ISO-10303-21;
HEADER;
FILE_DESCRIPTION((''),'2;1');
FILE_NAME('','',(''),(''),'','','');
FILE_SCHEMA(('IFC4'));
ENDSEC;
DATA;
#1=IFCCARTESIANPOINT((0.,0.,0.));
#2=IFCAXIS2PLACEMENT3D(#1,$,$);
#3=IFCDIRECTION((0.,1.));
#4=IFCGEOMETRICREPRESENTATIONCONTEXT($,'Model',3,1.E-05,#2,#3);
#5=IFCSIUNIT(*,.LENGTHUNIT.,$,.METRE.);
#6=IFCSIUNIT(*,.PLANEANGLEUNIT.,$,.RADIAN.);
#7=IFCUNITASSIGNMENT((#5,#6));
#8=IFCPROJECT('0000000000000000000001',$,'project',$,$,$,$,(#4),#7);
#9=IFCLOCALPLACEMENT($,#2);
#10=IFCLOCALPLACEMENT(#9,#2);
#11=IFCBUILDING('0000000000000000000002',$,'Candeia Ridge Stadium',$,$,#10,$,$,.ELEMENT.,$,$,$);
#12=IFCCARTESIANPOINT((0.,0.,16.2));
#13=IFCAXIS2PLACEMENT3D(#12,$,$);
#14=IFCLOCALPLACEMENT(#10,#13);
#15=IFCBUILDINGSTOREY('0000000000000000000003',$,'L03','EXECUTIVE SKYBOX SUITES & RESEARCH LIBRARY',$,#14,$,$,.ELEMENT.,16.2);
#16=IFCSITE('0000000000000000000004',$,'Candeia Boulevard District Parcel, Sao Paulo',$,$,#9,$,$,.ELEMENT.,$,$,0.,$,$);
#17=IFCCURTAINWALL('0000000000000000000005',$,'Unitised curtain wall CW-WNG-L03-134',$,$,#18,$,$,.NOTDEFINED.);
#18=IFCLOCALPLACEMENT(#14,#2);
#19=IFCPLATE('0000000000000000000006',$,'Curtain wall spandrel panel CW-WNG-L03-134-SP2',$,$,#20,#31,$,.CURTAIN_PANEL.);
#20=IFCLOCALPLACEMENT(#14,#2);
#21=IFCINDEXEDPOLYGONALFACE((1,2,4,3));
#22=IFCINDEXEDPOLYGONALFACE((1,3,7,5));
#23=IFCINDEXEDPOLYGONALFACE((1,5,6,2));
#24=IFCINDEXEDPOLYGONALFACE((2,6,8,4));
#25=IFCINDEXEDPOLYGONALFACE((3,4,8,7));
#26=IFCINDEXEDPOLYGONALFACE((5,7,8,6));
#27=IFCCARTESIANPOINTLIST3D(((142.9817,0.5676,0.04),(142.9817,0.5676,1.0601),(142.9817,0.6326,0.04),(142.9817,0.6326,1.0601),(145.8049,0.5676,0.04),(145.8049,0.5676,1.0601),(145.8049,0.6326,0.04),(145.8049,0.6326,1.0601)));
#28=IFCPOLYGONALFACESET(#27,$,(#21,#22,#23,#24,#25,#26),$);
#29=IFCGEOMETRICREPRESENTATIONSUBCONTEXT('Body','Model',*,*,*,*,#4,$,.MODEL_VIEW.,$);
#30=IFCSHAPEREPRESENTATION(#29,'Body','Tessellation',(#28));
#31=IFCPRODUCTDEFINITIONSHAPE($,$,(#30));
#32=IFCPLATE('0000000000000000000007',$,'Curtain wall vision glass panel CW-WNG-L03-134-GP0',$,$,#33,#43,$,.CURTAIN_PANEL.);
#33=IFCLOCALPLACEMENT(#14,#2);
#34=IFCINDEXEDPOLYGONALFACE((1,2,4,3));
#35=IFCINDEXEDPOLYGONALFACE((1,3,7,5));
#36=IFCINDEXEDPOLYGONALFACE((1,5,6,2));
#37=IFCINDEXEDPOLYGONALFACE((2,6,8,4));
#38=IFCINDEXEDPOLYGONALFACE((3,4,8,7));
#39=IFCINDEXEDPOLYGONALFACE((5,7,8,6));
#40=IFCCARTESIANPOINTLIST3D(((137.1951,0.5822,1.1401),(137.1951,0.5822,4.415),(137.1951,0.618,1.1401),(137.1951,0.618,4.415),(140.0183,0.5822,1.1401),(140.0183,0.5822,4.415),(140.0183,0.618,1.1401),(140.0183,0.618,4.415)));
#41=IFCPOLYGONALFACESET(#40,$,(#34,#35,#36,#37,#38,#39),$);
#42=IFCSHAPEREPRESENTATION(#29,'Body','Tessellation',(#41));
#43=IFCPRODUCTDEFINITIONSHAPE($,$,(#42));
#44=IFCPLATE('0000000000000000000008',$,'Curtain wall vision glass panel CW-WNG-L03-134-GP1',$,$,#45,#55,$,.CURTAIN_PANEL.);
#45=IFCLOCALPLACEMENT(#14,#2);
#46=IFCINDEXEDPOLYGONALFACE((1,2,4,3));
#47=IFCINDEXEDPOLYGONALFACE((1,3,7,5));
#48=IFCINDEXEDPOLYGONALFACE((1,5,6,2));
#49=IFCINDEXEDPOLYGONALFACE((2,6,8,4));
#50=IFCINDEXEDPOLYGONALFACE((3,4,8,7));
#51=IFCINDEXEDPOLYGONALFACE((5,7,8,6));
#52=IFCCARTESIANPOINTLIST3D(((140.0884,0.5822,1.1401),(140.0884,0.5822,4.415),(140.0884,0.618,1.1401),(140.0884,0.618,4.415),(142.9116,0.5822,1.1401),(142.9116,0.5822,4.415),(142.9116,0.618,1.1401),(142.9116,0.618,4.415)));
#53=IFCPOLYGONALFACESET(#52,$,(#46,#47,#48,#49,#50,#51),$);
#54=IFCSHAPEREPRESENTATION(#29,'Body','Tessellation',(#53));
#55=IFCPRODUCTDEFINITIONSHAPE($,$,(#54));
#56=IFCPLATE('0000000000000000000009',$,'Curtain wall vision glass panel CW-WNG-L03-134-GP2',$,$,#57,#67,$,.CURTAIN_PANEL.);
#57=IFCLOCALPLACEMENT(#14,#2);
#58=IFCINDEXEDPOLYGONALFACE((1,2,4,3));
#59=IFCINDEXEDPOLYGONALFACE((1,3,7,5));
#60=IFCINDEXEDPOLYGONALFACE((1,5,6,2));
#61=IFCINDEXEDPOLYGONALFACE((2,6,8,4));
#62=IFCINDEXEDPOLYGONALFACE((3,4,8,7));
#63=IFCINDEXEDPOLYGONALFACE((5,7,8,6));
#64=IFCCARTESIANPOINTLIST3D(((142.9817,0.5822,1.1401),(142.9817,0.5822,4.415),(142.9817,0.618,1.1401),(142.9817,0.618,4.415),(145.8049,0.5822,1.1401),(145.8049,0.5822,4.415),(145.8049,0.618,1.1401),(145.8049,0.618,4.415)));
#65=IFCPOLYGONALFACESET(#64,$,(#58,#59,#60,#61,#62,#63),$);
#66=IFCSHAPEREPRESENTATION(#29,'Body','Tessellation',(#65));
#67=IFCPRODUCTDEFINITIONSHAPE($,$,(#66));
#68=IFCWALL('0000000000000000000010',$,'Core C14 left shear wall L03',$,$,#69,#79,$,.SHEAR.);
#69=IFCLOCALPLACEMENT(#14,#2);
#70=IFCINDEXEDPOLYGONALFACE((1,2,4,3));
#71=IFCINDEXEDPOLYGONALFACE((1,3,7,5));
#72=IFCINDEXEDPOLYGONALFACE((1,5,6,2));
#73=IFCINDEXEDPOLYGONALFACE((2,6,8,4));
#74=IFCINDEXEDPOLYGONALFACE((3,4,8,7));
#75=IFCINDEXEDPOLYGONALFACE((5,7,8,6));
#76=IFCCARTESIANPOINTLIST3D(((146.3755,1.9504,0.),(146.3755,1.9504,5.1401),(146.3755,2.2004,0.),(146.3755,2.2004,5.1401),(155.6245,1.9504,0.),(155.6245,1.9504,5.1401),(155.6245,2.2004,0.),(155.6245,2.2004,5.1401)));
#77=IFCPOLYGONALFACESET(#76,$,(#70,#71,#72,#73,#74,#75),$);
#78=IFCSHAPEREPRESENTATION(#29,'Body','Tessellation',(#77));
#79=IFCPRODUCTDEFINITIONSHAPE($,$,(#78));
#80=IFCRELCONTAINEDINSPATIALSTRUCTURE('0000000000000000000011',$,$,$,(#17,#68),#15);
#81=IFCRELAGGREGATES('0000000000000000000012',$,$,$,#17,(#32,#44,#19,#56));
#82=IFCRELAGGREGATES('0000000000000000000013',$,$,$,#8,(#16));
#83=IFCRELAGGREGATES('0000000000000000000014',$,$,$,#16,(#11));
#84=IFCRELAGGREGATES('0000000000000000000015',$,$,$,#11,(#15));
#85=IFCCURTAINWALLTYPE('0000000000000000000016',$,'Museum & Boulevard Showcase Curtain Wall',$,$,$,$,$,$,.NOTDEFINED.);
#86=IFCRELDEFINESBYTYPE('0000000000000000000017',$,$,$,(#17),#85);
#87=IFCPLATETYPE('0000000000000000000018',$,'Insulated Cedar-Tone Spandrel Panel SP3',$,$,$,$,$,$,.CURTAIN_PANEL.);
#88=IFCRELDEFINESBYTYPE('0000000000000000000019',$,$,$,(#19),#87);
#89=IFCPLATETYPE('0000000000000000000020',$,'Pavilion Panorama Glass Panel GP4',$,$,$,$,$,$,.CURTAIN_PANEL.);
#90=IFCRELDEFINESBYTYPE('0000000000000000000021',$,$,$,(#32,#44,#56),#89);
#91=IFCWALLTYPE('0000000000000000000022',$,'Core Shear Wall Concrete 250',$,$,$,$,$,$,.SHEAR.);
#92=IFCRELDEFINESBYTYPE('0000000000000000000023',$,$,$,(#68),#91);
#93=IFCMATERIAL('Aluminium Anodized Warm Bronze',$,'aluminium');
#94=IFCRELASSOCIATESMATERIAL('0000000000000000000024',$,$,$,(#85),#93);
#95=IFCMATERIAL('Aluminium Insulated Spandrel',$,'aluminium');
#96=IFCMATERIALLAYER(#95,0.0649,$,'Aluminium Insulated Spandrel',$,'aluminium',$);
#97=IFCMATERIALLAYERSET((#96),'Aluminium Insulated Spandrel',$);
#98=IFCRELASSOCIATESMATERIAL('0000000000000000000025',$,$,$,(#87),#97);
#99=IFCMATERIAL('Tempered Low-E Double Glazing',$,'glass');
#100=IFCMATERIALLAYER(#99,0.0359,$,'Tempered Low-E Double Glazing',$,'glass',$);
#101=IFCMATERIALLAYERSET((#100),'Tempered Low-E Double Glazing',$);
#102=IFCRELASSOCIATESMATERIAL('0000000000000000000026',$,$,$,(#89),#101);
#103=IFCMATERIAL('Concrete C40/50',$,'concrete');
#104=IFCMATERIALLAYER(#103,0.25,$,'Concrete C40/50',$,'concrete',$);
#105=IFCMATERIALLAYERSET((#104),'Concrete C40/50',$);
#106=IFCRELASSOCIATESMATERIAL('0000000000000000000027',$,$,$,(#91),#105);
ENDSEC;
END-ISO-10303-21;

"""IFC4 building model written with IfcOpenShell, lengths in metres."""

from ifc_helpers import new_model, si_unit, direction, frame, frame_2d, origin, origin_2d, place, context, subcontext, project, spatial, rectangle, extrude, material, layer, layer_set, type_object, element, aggregate, save


model = new_model("IFC4")

# Units and contexts
model_context = context("Model", 3, precision=1e-05, world=origin(), true_north=direction((0.0, 1.0)))
body_context = subcontext(model_context, "Body", "Model", "MODEL_VIEW")
ifc_project = project(units=[si_unit("LENGTHUNIT", "METRE"), si_unit("PLANEANGLEUNIT", "RADIAN")], contexts=[model_context])

# Site, building, storey
site_placement = place(None, origin())
site = spatial("IfcSite", under=ifc_project, at=site_placement, Name="Candeia Boulevard District Parcel, Sao Paulo", CompositionType="ELEMENT", RefElevation=0.0)
building_placement = place(site_placement, origin())
building = spatial("IfcBuilding", under=site, at=building_placement, Name="Candeia Ridge Stadium", CompositionType="ELEMENT")
storey_placement = place(building_placement, frame((0.0, 0.0, 16.2)))
storey = spatial("IfcBuildingStorey", under=building, at=storey_placement, Name="L03", Description="EXECUTIVE SKYBOX SUITES & RESEARCH LIBRARY", CompositionType="ELEMENT", Elevation=16.2)

# Shared definitions
ifc_material_1 = material(Name="Concrete C40/50", Category="concrete")

# Curtain wall
ifc_material_2 = material(Name="Aluminium Anodized Warm Bronze", Category="aluminium")
curtain_wall_type = type_object("IfcCurtainWallType", Name="Museum & Boulevard Showcase Curtain Wall", PredefinedType="NOTDEFINED", material=ifc_material_2)
curtain_wall_placement = place(storey_placement, origin())
curtain_wall = element("IfcCurtainWall", 1, at=curtain_wall_placement, inside=storey, type_object=curtain_wall_type, Name="Unitised curtain wall CW-WNG-L03-134", PredefinedType="NOTDEFINED")

# Plates
ifc_material_3 = material(Name="Aluminium Insulated Spandrel", Category="aluminium")
ifc_layer_1 = layer(ifc_material_3, 0.0649, Name="Aluminium Insulated Spandrel", Category="aluminium")
ifc_layer_set_1 = layer_set([ifc_layer_1], Name="Aluminium Insulated Spandrel")
plate_type_1 = type_object("IfcPlateType", Name="Insulated Cedar-Tone Spandrel Panel SP3", PredefinedType="CURTAIN_PANEL", material=ifc_layer_set_1)
plate_1_placement = place(storey_placement, frame((144.3933, 0.6001, 0.04), z_axis=(0.0, 0.0, 1.0), x_axis=(1.0, 0.0, 0.0)))
plate_1 = element("IfcPlate", 2, at=plate_1_placement, type_object=plate_type_1, Name="Curtain wall spandrel panel CW-WNG-L03-134-SP2", PredefinedType="CURTAIN_PANEL", context=body_context, shape_type="SweptSolid", body=[
    extrude(rectangle(XDim=2.8232, YDim=0.0649, at=origin_2d()), origin(), (0.0, 0.0, 1.0), 1.02),
])
ifc_material_4 = material(Name="Tempered Low-E Double Glazing", Category="glass")
ifc_layer_2 = layer(ifc_material_4, 0.0359, Name="Tempered Low-E Double Glazing", Category="glass")
ifc_layer_set_2 = layer_set([ifc_layer_2], Name="Tempered Low-E Double Glazing")
plate_type_2 = type_object("IfcPlateType", Name="Pavilion Panorama Glass Panel GP4", PredefinedType="CURTAIN_PANEL", material=ifc_layer_set_2)
plate_2_placement = place(storey_placement, frame((138.6067, 0.6001, 1.1401), z_axis=(0.0, 0.0, 1.0), x_axis=(1.0, 0.0, 0.0)))
plate_2 = element("IfcPlate", 3, at=plate_2_placement, type_object=plate_type_2, Name="Curtain wall vision glass panel CW-WNG-L03-134-GP0", PredefinedType="CURTAIN_PANEL", context=body_context, shape_type="SweptSolid", body=[
    extrude(rectangle(XDim=2.8232, YDim=0.0359, at=origin_2d()), origin(), (0.0, 0.0, 1.0), 3.2749),
])
plate_3_placement = place(storey_placement, frame((141.5, 0.6001, 1.1401), z_axis=(0.0, 0.0, 1.0), x_axis=(1.0, 0.0, 0.0)))
plate_3 = element("IfcPlate", 4, at=plate_3_placement, type_object=plate_type_2, Name="Curtain wall vision glass panel CW-WNG-L03-134-GP1", PredefinedType="CURTAIN_PANEL", context=body_context, shape_type="SweptSolid", body=[
    extrude(rectangle(XDim=2.8232, YDim=0.0359, at=origin_2d()), origin(), (0.0, 0.0, 1.0), 3.2749),
])
plate_4_placement = place(storey_placement, frame((144.3933, 0.6001, 1.1401), z_axis=(0.0, 0.0, 1.0), x_axis=(1.0, 0.0, 0.0)))
plate_4 = element("IfcPlate", 5, at=plate_4_placement, type_object=plate_type_2, Name="Curtain wall vision glass panel CW-WNG-L03-134-GP2", PredefinedType="CURTAIN_PANEL", context=body_context, shape_type="SweptSolid", body=[
    extrude(rectangle(XDim=2.8232, YDim=0.0359, at=origin_2d()), origin(), (0.0, 0.0, 1.0), 3.2749),
])
aggregate(curtain_wall, [plate_2, plate_3, plate_1, plate_4])

# Wall
ifc_layer_3 = layer(ifc_material_1, 0.25, Name="Concrete C40/50", Category="concrete")
ifc_layer_set_3 = layer_set([ifc_layer_3], Name="Concrete C40/50")
wall_type = type_object("IfcWallType", Name="Core Shear Wall Concrete 250", PredefinedType="SHEAR", material=ifc_layer_set_3)
wall_placement = place(storey_placement, frame((146.3755, 2.0754, 0.0), z_axis=(0.0, 0.0, 1.0), x_axis=(1.0, 0.0, 0.0)))
element("IfcWall", 6, at=wall_placement, inside=storey, type_object=wall_type, Name="Core C14 left shear wall L03", PredefinedType="SHEAR", context=body_context, shape_type="SweptSolid", body=[
    extrude(rectangle(XDim=9.249, YDim=0.25, at=frame_2d((4.6245, 0.0))), origin(), (0.0, 0.0, 1.0), 5.1401),
])

save(model, "model.ifc")
